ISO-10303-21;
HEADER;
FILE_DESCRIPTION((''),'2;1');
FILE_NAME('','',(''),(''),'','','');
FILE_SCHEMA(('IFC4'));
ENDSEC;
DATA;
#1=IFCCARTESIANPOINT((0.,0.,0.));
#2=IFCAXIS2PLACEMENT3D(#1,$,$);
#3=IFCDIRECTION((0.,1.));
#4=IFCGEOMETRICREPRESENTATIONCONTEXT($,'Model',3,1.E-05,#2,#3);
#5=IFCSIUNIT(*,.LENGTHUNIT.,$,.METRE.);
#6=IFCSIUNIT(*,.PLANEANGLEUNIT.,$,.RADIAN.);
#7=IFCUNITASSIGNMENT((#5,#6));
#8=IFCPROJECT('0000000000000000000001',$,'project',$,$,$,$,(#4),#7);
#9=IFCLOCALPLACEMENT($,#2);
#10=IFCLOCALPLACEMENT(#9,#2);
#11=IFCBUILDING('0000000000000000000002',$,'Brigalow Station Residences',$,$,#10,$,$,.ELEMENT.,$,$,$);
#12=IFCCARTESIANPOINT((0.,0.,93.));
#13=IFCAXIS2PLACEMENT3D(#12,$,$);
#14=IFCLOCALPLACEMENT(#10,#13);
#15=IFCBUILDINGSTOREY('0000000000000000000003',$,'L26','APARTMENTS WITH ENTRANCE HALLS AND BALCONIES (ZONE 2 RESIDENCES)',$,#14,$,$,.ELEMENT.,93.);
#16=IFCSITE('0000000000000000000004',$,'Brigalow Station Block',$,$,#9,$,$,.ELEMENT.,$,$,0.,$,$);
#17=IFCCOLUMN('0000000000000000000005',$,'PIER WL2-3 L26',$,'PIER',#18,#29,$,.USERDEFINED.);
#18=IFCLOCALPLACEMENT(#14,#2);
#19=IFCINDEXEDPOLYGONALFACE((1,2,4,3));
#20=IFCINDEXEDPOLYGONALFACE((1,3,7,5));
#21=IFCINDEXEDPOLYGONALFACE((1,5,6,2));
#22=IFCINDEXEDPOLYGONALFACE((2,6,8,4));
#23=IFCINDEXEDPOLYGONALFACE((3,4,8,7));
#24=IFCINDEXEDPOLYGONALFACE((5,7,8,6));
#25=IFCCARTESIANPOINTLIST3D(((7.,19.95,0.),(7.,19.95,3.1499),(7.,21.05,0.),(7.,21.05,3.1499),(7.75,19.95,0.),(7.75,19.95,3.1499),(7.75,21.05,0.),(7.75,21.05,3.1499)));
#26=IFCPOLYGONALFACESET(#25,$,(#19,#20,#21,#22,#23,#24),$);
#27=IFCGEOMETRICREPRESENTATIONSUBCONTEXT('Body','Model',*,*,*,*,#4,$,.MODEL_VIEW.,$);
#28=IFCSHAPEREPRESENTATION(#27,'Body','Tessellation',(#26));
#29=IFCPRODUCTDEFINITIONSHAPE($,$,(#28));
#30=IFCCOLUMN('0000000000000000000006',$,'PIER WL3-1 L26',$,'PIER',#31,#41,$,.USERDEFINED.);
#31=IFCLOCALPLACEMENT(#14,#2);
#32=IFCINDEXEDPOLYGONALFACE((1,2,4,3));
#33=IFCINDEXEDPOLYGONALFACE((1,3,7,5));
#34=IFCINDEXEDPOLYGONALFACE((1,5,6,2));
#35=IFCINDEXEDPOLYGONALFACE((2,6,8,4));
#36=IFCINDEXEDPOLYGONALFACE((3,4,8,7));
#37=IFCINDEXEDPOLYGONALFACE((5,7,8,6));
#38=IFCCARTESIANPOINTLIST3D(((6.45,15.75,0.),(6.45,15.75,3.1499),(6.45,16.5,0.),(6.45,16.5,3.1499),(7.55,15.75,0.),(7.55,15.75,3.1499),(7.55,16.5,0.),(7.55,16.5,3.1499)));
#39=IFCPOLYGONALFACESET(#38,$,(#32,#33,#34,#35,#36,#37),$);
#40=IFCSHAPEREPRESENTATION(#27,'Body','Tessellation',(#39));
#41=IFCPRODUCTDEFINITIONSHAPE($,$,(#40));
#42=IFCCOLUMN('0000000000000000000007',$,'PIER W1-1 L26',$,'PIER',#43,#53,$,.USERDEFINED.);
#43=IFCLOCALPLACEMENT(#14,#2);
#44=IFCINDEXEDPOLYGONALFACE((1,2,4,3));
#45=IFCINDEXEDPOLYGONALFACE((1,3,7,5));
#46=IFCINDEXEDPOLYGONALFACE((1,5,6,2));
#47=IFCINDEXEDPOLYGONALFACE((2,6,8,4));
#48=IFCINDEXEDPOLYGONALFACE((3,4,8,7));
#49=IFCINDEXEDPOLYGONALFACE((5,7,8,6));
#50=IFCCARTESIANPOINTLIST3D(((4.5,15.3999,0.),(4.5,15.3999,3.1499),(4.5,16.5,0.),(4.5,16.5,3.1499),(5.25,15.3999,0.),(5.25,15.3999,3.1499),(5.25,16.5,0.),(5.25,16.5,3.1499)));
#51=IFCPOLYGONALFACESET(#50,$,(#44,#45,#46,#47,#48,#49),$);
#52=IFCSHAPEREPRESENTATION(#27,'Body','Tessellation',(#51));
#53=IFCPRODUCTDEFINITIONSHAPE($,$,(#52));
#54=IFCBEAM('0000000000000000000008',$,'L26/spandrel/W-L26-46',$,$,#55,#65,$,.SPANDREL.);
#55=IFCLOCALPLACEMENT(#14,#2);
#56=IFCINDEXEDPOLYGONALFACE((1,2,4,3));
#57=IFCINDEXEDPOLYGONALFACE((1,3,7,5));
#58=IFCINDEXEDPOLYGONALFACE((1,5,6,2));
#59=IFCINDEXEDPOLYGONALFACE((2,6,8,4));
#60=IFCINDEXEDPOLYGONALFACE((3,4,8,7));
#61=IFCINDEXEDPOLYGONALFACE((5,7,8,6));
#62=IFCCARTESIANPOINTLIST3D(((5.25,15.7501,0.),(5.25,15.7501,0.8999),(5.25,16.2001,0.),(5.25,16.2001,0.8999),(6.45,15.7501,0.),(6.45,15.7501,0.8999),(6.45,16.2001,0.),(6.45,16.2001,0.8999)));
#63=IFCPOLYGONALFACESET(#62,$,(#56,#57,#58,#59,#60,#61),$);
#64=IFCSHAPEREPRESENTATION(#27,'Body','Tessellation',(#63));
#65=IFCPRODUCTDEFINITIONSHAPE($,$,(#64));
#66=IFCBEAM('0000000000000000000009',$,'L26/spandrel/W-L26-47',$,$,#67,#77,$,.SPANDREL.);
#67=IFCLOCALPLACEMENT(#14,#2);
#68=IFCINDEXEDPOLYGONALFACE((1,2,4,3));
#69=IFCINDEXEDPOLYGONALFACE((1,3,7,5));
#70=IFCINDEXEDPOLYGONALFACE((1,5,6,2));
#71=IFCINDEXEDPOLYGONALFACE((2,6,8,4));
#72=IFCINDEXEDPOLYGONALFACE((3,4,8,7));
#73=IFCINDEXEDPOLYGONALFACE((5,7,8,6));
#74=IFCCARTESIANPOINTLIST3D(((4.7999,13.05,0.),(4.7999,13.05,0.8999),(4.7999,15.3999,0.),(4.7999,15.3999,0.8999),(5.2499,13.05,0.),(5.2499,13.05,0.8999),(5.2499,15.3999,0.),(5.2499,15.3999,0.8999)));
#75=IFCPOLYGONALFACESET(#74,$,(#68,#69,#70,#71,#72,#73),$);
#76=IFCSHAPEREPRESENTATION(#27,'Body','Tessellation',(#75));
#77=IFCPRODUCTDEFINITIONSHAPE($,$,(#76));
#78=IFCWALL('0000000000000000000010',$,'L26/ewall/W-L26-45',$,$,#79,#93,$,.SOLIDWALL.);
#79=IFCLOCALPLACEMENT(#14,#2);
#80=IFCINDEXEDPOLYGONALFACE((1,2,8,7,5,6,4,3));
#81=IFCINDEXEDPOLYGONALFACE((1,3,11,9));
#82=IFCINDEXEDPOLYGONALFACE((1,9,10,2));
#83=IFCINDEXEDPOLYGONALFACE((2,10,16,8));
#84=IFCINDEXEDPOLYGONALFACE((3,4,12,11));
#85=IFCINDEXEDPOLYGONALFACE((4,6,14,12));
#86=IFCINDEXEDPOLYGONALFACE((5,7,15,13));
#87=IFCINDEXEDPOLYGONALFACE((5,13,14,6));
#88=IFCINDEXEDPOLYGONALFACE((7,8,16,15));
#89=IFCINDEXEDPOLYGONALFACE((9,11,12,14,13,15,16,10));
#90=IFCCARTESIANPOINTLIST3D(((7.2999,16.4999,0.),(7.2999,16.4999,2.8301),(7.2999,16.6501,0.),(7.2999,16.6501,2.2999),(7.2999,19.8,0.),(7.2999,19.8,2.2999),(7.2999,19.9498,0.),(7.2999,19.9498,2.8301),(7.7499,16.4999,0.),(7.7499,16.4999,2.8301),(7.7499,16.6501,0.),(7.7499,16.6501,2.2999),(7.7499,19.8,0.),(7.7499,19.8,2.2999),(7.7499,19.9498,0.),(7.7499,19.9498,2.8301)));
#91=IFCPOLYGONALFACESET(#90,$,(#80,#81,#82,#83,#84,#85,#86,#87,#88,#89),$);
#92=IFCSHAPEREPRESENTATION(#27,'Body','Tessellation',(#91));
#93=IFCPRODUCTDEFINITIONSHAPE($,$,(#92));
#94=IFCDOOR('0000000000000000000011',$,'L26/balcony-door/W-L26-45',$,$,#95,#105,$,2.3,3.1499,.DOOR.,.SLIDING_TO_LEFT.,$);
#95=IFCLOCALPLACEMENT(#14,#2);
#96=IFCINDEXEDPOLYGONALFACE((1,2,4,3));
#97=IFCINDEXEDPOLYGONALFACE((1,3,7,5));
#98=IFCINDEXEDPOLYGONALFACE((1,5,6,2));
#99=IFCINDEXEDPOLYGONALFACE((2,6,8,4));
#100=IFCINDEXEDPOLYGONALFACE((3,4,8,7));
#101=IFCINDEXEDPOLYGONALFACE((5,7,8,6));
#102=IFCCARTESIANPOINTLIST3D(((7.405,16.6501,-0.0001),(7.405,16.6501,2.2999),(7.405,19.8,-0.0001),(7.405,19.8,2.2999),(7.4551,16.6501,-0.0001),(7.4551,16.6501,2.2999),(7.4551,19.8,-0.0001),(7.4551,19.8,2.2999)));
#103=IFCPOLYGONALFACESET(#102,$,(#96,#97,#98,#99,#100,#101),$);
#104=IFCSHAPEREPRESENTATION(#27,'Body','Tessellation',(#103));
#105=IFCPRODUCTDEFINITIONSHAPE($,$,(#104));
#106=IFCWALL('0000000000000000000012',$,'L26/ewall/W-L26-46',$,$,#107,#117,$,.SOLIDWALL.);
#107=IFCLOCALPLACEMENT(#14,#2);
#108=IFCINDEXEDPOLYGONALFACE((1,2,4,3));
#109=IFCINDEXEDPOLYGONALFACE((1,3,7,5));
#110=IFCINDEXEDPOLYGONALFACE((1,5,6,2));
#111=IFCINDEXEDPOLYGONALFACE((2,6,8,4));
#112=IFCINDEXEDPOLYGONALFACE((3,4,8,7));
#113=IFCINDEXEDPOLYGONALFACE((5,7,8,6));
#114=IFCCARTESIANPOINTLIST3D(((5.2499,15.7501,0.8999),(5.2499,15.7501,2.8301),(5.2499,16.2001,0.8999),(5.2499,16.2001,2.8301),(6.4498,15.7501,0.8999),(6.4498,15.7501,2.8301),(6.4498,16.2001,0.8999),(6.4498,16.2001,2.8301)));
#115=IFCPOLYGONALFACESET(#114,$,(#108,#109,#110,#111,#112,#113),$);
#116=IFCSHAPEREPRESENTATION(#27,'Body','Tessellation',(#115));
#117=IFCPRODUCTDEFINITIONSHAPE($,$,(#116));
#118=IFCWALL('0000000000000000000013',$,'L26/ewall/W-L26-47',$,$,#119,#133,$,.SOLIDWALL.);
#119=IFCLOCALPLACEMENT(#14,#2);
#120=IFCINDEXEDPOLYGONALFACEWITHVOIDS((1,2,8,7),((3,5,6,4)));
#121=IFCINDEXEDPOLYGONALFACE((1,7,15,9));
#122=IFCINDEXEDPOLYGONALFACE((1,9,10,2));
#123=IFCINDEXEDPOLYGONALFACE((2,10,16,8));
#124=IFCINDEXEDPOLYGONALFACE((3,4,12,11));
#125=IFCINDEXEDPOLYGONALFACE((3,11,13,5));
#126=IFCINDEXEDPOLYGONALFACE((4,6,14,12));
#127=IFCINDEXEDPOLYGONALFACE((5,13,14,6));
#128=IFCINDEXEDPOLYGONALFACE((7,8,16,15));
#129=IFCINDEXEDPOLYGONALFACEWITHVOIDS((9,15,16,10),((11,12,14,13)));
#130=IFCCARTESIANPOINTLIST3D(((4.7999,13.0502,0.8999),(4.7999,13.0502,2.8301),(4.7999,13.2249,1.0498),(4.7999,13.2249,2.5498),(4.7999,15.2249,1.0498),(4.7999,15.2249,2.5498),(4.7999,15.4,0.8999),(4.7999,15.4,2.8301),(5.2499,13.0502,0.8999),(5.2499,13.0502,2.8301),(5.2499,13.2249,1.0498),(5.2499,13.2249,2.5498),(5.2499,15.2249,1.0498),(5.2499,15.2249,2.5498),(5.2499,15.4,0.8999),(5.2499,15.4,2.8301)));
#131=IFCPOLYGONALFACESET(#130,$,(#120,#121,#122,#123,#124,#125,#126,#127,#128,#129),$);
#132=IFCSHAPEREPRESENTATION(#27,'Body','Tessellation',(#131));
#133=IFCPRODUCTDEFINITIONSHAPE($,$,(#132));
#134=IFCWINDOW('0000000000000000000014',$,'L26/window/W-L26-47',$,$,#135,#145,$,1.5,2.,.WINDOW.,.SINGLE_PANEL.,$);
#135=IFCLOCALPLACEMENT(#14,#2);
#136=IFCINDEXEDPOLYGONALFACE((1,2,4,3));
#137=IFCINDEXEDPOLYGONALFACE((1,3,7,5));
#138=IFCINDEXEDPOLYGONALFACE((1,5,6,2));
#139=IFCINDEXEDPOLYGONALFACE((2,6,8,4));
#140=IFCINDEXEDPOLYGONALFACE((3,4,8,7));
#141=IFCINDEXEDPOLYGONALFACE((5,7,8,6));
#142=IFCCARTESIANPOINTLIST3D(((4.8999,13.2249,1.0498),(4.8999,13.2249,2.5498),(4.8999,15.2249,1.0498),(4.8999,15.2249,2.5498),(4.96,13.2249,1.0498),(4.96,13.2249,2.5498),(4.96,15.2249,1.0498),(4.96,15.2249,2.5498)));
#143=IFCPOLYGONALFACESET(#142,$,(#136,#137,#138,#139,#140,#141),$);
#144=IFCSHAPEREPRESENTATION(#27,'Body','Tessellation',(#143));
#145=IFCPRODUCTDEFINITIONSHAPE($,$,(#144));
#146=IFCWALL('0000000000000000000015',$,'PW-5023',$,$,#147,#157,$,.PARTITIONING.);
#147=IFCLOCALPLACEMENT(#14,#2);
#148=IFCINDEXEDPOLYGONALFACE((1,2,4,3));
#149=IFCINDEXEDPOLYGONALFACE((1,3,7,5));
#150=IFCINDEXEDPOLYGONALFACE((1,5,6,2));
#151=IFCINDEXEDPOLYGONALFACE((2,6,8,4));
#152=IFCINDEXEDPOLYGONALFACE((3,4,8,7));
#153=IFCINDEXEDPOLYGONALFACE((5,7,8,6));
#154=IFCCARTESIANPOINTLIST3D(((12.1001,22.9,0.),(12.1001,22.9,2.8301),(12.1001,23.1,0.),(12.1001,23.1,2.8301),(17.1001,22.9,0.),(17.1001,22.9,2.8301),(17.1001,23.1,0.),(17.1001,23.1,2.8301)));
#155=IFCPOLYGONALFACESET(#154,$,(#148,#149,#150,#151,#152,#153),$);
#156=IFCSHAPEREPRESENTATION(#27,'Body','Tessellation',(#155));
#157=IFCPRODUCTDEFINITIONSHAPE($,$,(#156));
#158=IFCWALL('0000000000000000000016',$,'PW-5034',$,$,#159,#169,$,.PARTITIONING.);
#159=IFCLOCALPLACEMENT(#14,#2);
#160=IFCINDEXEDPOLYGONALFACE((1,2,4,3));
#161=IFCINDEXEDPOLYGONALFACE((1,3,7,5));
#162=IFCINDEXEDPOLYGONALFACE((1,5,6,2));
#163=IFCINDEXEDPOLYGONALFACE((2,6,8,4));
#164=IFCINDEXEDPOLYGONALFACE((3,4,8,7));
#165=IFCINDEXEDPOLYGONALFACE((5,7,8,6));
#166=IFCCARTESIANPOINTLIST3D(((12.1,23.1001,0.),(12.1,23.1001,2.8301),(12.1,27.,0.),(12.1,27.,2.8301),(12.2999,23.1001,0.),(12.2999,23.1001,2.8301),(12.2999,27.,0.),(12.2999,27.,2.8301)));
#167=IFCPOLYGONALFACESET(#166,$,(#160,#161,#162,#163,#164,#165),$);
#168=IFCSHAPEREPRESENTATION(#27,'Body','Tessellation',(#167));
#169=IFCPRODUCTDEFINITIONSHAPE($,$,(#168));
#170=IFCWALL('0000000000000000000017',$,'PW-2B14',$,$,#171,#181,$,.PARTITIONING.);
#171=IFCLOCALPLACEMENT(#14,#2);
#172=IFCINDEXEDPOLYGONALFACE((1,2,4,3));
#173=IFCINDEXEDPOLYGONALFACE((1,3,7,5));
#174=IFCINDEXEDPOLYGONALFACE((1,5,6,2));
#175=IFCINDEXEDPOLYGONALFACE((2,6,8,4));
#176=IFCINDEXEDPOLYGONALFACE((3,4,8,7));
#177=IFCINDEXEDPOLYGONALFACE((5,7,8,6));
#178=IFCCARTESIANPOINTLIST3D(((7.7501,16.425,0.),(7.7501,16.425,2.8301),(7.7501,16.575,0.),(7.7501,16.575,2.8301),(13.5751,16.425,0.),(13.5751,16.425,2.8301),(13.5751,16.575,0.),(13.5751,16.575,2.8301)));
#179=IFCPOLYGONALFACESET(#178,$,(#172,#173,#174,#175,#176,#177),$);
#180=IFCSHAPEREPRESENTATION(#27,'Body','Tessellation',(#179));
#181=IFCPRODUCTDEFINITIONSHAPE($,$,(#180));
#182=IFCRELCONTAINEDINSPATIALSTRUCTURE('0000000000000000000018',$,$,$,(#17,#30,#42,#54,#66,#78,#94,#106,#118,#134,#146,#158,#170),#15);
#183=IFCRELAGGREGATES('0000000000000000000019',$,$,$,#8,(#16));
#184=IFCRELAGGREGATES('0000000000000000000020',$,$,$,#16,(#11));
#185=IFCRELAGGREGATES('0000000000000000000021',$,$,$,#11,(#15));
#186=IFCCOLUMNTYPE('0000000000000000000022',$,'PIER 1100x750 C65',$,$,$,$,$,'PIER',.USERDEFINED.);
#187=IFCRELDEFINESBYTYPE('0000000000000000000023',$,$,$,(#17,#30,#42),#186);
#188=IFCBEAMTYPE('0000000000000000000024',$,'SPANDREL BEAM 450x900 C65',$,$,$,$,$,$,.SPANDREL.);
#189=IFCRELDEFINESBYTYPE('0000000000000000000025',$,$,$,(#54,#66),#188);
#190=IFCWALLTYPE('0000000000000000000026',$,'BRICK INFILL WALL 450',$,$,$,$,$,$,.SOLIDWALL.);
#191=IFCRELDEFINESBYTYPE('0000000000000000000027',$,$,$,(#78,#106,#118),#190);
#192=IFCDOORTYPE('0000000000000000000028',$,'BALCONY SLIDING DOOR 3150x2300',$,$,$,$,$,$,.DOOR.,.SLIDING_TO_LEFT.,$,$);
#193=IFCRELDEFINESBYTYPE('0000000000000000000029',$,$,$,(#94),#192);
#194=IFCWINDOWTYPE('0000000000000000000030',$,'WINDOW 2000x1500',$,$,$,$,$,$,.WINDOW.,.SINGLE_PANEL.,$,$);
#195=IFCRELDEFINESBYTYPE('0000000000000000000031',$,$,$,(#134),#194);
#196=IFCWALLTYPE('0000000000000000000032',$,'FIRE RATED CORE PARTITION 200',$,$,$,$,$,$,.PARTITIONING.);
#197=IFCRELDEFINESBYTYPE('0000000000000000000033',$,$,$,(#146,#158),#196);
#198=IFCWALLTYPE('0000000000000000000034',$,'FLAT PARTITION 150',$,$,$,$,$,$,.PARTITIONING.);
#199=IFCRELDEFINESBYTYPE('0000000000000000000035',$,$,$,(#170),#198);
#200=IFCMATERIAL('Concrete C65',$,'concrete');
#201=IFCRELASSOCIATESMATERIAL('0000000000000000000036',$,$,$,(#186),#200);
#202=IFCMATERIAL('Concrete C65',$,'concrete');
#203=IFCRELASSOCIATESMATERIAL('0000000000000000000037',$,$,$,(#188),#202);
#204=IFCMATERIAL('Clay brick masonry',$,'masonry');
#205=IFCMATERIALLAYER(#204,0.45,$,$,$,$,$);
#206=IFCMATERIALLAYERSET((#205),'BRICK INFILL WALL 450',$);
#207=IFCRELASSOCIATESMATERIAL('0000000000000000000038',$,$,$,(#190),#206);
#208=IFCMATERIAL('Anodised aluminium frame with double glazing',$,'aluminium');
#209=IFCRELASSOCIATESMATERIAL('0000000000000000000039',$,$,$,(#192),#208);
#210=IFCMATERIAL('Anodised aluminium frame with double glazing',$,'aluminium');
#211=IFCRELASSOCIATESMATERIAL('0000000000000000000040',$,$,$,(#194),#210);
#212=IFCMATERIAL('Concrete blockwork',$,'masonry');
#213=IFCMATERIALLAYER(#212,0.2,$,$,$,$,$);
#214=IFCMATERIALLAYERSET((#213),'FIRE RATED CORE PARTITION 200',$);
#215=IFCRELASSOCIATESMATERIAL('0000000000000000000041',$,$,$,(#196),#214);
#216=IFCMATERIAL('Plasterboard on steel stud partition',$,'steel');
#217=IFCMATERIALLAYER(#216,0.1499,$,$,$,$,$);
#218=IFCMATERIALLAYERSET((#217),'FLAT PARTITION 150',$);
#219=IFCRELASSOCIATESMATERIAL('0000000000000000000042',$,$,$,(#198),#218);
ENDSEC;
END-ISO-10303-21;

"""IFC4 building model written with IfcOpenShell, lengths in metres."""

from ifc_helpers import new_model, si_unit, direction, frame, frame_2d, origin, origin_2d, place, context, subcontext, project, spatial, rectangle, extrude, material, layer, layer_set, material_profile, profile_set, type_object, element, fill, save


model = new_model("IFC4")

# Units and contexts
model_context = context("Model", 3, precision=1e-05, world=origin(), true_north=direction((0.0, 1.0)))
body_context = subcontext(model_context, "Body", "Model", "MODEL_VIEW")
ifc_project = project(units=[si_unit("LENGTHUNIT", "METRE"), si_unit("PLANEANGLEUNIT", "RADIAN")], contexts=[model_context])

# Site, building, storey
site_placement = place(None, origin())
site = spatial("IfcSite", under=ifc_project, at=site_placement, Name="Brigalow Station Block", CompositionType="ELEMENT", RefElevation=0.0)
building_placement = place(site_placement, origin())
building = spatial("IfcBuilding", under=site, at=building_placement, Name="Brigalow Station Residences", CompositionType="ELEMENT")
storey_placement = place(building_placement, frame((0.0, 0.0, 93.0)))
storey = spatial("IfcBuildingStorey", under=building, at=storey_placement, Name="L26", Description="APARTMENTS WITH ENTRANCE HALLS AND BALCONIES (ZONE 2 RESIDENCES)", CompositionType="ELEMENT", Elevation=93.0)

# Columns
ifc_material_1 = material(Name="Concrete C65", Category="concrete")
ifc_material_profile_1 = material_profile(ifc_material_1, rectangle(XDim=1.1001, YDim=0.75, at=origin_2d()), Name="RC1100x750")
ifc_profile_set_1 = profile_set([ifc_material_profile_1], Name="Concrete C65")
column_type = type_object("IfcColumnType", Name="PIER 1100x750 C65", ElementType="PIER", PredefinedType="USERDEFINED", material=ifc_profile_set_1)
for number, where, z_axis, x_axis, name in (
    (1, (7.375, 20.5, 0.0), (0.0, 0.0, 1.0), (0.0, -1.0, 0.0), "PIER WL2-3 L26"),
    (2, (7.0, 16.125, 0.0), (0.0, 0.0, 1.0), (-1.0, 0.0, 0.0), "PIER WL3-1 L26"),
    (3, (4.875, 15.95, 0.0), (0.0, 0.0, 1.0), (0.0, -1.0, 0.0), "PIER W1-1 L26"),
):
    element("IfcColumn", number, at=place(storey_placement, frame(where, z_axis=z_axis, x_axis=x_axis)), inside=storey, type_object=column_type, Name=name, ObjectType="PIER", PredefinedType="USERDEFINED", context=body_context, shape_type="SweptSolid", body=[
        extrude(rectangle(XDim=1.1001, YDim=0.75, at=origin_2d()), origin(), (0.0, 0.0, 1.0), 3.1499),
    ])

# Beams
ifc_material_2 = material(Name="Concrete C65", Category="concrete")
ifc_material_profile_2 = material_profile(ifc_material_2, rectangle(XDim=0.45, YDim=0.8999, at=origin_2d()), Name="RC450x900")
ifc_profile_set_2 = profile_set([ifc_material_profile_2], Name="Concrete C65")
beam_type = type_object("IfcBeamType", Name="SPANDREL BEAM 450x900 C65", PredefinedType="SPANDREL", material=ifc_profile_set_2)
beam_1_placement = place(storey_placement, frame((6.45, 15.9751, 0.45), z_axis=(-1.0, 0.0, 0.0), x_axis=(0.0, -1.0, 0.0)))
element("IfcBeam", 4, at=beam_1_placement, inside=storey, type_object=beam_type, Name="L26/spandrel/W-L26-46", PredefinedType="SPANDREL", context=body_context, shape_type="SweptSolid", body=[
    extrude(rectangle(XDim=0.45, YDim=0.8999, at=origin_2d()), origin(), (0.0, 0.0, 1.0), 1.2),
])
beam_2_placement = place(storey_placement, frame((5.0249, 15.3999, 0.45), z_axis=(0.0, -1.0, 0.0), x_axis=(1.0, 0.0, 0.0)))
element("IfcBeam", 5, at=beam_2_placement, inside=storey, type_object=beam_type, Name="L26/spandrel/W-L26-47", PredefinedType="SPANDREL", context=body_context, shape_type="SweptSolid", body=[
    extrude(rectangle(XDim=0.45, YDim=0.8999, at=origin_2d()), origin(), (0.0, 0.0, 1.0), 2.3499),
])

# Wall, opening, door
ifc_material_3 = material(Name="Clay brick masonry", Category="masonry")
ifc_layer_1 = layer(ifc_material_3, 0.45)
ifc_layer_set_1 = layer_set([ifc_layer_1], Name="BRICK INFILL WALL 450")
wall_type_1 = type_object("IfcWallType", Name="BRICK INFILL WALL 450", PredefinedType="SOLIDWALL", material=ifc_layer_set_1)
wall_1_placement = place(storey_placement, frame((7.5249, 19.95, 0.0), z_axis=(0.0, 0.0, 1.0), x_axis=(0.0, -1.0, 0.0)))
wall_1 = element("IfcWall", 6, at=wall_1_placement, inside=storey, type_object=wall_type_1, Name="L26/ewall/W-L26-45", PredefinedType="SOLIDWALL", context=body_context, shape_type="SweptSolid", body=[
    extrude(rectangle(XDim=3.45, YDim=0.45, at=frame_2d((1.7251, 0.0))), origin(), (0.0, 0.0, 1.0), 2.8301),
])
opening_1_placement = place(wall_1_placement, frame((0.1499, 0.0, 0.0)))
opening_1 = element("IfcOpeningElement", 7, at=opening_1_placement, cuts=wall_1, PredefinedType="OPENING", context=body_context, shape_type="SweptSolid", body=[
    extrude(rectangle(XDim=3.1499, YDim=2.3, at=frame_2d((1.575, 1.1499))), frame((0.0, 0.2349, 0.0), z_axis=(0.0, -1.0, 0.0), x_axis=(1.0, 0.0, 0.0)), (0.0, 0.0, 1.0), 0.47),
])
ifc_material_4 = material(Name="Anodised aluminium frame with double glazing", Category="aluminium")
door_type_1 = type_object("IfcDoorType", Name="BALCONY SLIDING DOOR 3150x2300", OperationType="SLIDING_TO_LEFT", PredefinedType="DOOR", material=ifc_material_4)
door_1_placement = place(opening_1_placement, origin())
door_1 = element("IfcDoor", 8, at=door_1_placement, inside=storey, type_object=door_type_1, Name="L26/balcony-door/W-L26-45", OperationType="SLIDING_TO_LEFT", OverallHeight=2.3, OverallWidth=3.1499, PredefinedType="DOOR", context=body_context, shape_type="SweptSolid", body=[
    extrude(rectangle(XDim=3.1499, YDim=2.3, at=frame_2d((1.575, 1.1499))), frame((0.0, -0.0698, 0.0), z_axis=(0.0, -1.0, 0.0), x_axis=(1.0, 0.0, 0.0)), (0.0, 0.0, 1.0), 0.05),
])
fill(opening_1, door_1)

# Wall
wall_2_placement = place(storey_placement, frame((6.45, 15.9751, 0.8999), z_axis=(0.0, 0.0, 1.0), x_axis=(-1.0, 0.0, 0.0)))
element("IfcWall", 9, at=wall_2_placement, inside=storey, type_object=wall_type_1, Name="L26/ewall/W-L26-46", PredefinedType="SOLIDWALL", context=body_context, shape_type="SweptSolid", body=[
    extrude(rectangle(XDim=1.2, YDim=0.45, at=frame_2d((0.6001, 0.0))), origin(), (0.0, 0.0, 1.0), 1.9302),
])

# Wall, opening, window
wall_3_placement = place(storey_placement, frame((5.0249, 15.3999, 0.8999), z_axis=(0.0, 0.0, 1.0), x_axis=(0.0, -1.0, 0.0)))
wall_3 = element("IfcWall", 10, at=wall_3_placement, inside=storey, type_object=wall_type_1, Name="L26/ewall/W-L26-47", PredefinedType="SOLIDWALL", context=body_context, shape_type="SweptSolid", body=[
    extrude(rectangle(XDim=2.3499, YDim=0.45, at=frame_2d((1.1748, 0.0))), origin(), (0.0, 0.0, 1.0), 1.9302),
])
opening_2_placement = place(wall_3_placement, frame((0.175, 0.0, 0.1499)))
opening_2 = element("IfcOpeningElement", 11, at=opening_2_placement, cuts=wall_3, PredefinedType="OPENING", context=body_context, shape_type="SweptSolid", body=[
    extrude(rectangle(XDim=2.0, YDim=1.5, at=frame_2d((1.0, 0.75))), frame((0.0, 0.2349, 0.0), z_axis=(0.0, -1.0, 0.0), x_axis=(1.0, 0.0, 0.0)), (0.0, 0.0, 1.0), 0.47),
])
ifc_material_5 = material(Name="Anodised aluminium frame with double glazing", Category="aluminium")
window_type = type_object("IfcWindowType", Name="WINDOW 2000x1500", PartitioningType="SINGLE_PANEL", PredefinedType="WINDOW", material=ifc_material_5)
window_placement = place(opening_2_placement, origin())
window = element("IfcWindow", 12, at=window_placement, inside=storey, type_object=window_type, Name="L26/window/W-L26-47", OverallHeight=1.5, OverallWidth=2.0, PartitioningType="SINGLE_PANEL", PredefinedType="WINDOW", context=body_context, shape_type="SweptSolid", body=[
    extrude(rectangle(XDim=2.0, YDim=1.5, at=frame_2d((1.0, 0.75))), frame((0.0, -0.0649, 0.0), z_axis=(0.0, -1.0, 0.0), x_axis=(1.0, 0.0, 0.0)), (0.0, 0.0, 1.0), 0.0601),
])
fill(opening_2, window)

# Walls
ifc_material_6 = material(Name="Concrete blockwork", Category="masonry")
ifc_layer_2 = layer(ifc_material_6, 0.2)
ifc_layer_set_2 = layer_set([ifc_layer_2], Name="FIRE RATED CORE PARTITION 200")
wall_type_2 = type_object("IfcWallType", Name="FIRE RATED CORE PARTITION 200", PredefinedType="PARTITIONING", material=ifc_layer_set_2)
wall_4_placement = place(storey_placement, frame((12.1001, 23.0, 0.0), z_axis=(0.0, 0.0, 1.0), x_axis=(1.0, 0.0, 0.0)))
element("IfcWall", 13, at=wall_4_placement, inside=storey, type_object=wall_type_2, Name="PW-5023", PredefinedType="PARTITIONING", context=body_context, shape_type="SweptSolid", body=[
    extrude(rectangle(XDim=5.0, YDim=0.2, at=frame_2d((2.5, 0.0))), origin(), (0.0, 0.0, 1.0), 2.8301),
])
wall_5_placement = place(storey_placement, frame((12.2, 23.1001, 0.0), z_axis=(0.0, 0.0, 1.0), x_axis=(0.0, 1.0, 0.0)))
element("IfcWall", 14, at=wall_5_placement, inside=storey, type_object=wall_type_2, Name="PW-5034", PredefinedType="PARTITIONING", context=body_context, shape_type="SweptSolid", body=[
    extrude(rectangle(XDim=3.8999, YDim=0.2, at=frame_2d((1.95, 0.0))), origin(), (0.0, 0.0, 1.0), 2.8301),
])
ifc_material_7 = material(Name="Plasterboard on steel stud partition", Category="steel")
ifc_layer_3 = layer(ifc_material_7, 0.1499)
ifc_layer_set_3 = layer_set([ifc_layer_3], Name="FLAT PARTITION 150")
wall_type_3 = type_object("IfcWallType", Name="FLAT PARTITION 150", PredefinedType="PARTITIONING", material=ifc_layer_set_3)
wall_6_placement = place(storey_placement, frame((7.75, 16.5, 0.0), z_axis=(0.0, 0.0, 1.0), x_axis=(1.0, 0.0, 0.0)))
element("IfcWall", 15, at=wall_6_placement, inside=storey, type_object=wall_type_3, Name="PW-2B14", PredefinedType="PARTITIONING", context=body_context, shape_type="SweptSolid", body=[
    extrude(rectangle(XDim=5.825, YDim=0.1499, at=frame_2d((2.9126, 0.0))), origin(), (0.0, 0.0, 1.0), 2.8301),
])

save(model, "model.ifc")
